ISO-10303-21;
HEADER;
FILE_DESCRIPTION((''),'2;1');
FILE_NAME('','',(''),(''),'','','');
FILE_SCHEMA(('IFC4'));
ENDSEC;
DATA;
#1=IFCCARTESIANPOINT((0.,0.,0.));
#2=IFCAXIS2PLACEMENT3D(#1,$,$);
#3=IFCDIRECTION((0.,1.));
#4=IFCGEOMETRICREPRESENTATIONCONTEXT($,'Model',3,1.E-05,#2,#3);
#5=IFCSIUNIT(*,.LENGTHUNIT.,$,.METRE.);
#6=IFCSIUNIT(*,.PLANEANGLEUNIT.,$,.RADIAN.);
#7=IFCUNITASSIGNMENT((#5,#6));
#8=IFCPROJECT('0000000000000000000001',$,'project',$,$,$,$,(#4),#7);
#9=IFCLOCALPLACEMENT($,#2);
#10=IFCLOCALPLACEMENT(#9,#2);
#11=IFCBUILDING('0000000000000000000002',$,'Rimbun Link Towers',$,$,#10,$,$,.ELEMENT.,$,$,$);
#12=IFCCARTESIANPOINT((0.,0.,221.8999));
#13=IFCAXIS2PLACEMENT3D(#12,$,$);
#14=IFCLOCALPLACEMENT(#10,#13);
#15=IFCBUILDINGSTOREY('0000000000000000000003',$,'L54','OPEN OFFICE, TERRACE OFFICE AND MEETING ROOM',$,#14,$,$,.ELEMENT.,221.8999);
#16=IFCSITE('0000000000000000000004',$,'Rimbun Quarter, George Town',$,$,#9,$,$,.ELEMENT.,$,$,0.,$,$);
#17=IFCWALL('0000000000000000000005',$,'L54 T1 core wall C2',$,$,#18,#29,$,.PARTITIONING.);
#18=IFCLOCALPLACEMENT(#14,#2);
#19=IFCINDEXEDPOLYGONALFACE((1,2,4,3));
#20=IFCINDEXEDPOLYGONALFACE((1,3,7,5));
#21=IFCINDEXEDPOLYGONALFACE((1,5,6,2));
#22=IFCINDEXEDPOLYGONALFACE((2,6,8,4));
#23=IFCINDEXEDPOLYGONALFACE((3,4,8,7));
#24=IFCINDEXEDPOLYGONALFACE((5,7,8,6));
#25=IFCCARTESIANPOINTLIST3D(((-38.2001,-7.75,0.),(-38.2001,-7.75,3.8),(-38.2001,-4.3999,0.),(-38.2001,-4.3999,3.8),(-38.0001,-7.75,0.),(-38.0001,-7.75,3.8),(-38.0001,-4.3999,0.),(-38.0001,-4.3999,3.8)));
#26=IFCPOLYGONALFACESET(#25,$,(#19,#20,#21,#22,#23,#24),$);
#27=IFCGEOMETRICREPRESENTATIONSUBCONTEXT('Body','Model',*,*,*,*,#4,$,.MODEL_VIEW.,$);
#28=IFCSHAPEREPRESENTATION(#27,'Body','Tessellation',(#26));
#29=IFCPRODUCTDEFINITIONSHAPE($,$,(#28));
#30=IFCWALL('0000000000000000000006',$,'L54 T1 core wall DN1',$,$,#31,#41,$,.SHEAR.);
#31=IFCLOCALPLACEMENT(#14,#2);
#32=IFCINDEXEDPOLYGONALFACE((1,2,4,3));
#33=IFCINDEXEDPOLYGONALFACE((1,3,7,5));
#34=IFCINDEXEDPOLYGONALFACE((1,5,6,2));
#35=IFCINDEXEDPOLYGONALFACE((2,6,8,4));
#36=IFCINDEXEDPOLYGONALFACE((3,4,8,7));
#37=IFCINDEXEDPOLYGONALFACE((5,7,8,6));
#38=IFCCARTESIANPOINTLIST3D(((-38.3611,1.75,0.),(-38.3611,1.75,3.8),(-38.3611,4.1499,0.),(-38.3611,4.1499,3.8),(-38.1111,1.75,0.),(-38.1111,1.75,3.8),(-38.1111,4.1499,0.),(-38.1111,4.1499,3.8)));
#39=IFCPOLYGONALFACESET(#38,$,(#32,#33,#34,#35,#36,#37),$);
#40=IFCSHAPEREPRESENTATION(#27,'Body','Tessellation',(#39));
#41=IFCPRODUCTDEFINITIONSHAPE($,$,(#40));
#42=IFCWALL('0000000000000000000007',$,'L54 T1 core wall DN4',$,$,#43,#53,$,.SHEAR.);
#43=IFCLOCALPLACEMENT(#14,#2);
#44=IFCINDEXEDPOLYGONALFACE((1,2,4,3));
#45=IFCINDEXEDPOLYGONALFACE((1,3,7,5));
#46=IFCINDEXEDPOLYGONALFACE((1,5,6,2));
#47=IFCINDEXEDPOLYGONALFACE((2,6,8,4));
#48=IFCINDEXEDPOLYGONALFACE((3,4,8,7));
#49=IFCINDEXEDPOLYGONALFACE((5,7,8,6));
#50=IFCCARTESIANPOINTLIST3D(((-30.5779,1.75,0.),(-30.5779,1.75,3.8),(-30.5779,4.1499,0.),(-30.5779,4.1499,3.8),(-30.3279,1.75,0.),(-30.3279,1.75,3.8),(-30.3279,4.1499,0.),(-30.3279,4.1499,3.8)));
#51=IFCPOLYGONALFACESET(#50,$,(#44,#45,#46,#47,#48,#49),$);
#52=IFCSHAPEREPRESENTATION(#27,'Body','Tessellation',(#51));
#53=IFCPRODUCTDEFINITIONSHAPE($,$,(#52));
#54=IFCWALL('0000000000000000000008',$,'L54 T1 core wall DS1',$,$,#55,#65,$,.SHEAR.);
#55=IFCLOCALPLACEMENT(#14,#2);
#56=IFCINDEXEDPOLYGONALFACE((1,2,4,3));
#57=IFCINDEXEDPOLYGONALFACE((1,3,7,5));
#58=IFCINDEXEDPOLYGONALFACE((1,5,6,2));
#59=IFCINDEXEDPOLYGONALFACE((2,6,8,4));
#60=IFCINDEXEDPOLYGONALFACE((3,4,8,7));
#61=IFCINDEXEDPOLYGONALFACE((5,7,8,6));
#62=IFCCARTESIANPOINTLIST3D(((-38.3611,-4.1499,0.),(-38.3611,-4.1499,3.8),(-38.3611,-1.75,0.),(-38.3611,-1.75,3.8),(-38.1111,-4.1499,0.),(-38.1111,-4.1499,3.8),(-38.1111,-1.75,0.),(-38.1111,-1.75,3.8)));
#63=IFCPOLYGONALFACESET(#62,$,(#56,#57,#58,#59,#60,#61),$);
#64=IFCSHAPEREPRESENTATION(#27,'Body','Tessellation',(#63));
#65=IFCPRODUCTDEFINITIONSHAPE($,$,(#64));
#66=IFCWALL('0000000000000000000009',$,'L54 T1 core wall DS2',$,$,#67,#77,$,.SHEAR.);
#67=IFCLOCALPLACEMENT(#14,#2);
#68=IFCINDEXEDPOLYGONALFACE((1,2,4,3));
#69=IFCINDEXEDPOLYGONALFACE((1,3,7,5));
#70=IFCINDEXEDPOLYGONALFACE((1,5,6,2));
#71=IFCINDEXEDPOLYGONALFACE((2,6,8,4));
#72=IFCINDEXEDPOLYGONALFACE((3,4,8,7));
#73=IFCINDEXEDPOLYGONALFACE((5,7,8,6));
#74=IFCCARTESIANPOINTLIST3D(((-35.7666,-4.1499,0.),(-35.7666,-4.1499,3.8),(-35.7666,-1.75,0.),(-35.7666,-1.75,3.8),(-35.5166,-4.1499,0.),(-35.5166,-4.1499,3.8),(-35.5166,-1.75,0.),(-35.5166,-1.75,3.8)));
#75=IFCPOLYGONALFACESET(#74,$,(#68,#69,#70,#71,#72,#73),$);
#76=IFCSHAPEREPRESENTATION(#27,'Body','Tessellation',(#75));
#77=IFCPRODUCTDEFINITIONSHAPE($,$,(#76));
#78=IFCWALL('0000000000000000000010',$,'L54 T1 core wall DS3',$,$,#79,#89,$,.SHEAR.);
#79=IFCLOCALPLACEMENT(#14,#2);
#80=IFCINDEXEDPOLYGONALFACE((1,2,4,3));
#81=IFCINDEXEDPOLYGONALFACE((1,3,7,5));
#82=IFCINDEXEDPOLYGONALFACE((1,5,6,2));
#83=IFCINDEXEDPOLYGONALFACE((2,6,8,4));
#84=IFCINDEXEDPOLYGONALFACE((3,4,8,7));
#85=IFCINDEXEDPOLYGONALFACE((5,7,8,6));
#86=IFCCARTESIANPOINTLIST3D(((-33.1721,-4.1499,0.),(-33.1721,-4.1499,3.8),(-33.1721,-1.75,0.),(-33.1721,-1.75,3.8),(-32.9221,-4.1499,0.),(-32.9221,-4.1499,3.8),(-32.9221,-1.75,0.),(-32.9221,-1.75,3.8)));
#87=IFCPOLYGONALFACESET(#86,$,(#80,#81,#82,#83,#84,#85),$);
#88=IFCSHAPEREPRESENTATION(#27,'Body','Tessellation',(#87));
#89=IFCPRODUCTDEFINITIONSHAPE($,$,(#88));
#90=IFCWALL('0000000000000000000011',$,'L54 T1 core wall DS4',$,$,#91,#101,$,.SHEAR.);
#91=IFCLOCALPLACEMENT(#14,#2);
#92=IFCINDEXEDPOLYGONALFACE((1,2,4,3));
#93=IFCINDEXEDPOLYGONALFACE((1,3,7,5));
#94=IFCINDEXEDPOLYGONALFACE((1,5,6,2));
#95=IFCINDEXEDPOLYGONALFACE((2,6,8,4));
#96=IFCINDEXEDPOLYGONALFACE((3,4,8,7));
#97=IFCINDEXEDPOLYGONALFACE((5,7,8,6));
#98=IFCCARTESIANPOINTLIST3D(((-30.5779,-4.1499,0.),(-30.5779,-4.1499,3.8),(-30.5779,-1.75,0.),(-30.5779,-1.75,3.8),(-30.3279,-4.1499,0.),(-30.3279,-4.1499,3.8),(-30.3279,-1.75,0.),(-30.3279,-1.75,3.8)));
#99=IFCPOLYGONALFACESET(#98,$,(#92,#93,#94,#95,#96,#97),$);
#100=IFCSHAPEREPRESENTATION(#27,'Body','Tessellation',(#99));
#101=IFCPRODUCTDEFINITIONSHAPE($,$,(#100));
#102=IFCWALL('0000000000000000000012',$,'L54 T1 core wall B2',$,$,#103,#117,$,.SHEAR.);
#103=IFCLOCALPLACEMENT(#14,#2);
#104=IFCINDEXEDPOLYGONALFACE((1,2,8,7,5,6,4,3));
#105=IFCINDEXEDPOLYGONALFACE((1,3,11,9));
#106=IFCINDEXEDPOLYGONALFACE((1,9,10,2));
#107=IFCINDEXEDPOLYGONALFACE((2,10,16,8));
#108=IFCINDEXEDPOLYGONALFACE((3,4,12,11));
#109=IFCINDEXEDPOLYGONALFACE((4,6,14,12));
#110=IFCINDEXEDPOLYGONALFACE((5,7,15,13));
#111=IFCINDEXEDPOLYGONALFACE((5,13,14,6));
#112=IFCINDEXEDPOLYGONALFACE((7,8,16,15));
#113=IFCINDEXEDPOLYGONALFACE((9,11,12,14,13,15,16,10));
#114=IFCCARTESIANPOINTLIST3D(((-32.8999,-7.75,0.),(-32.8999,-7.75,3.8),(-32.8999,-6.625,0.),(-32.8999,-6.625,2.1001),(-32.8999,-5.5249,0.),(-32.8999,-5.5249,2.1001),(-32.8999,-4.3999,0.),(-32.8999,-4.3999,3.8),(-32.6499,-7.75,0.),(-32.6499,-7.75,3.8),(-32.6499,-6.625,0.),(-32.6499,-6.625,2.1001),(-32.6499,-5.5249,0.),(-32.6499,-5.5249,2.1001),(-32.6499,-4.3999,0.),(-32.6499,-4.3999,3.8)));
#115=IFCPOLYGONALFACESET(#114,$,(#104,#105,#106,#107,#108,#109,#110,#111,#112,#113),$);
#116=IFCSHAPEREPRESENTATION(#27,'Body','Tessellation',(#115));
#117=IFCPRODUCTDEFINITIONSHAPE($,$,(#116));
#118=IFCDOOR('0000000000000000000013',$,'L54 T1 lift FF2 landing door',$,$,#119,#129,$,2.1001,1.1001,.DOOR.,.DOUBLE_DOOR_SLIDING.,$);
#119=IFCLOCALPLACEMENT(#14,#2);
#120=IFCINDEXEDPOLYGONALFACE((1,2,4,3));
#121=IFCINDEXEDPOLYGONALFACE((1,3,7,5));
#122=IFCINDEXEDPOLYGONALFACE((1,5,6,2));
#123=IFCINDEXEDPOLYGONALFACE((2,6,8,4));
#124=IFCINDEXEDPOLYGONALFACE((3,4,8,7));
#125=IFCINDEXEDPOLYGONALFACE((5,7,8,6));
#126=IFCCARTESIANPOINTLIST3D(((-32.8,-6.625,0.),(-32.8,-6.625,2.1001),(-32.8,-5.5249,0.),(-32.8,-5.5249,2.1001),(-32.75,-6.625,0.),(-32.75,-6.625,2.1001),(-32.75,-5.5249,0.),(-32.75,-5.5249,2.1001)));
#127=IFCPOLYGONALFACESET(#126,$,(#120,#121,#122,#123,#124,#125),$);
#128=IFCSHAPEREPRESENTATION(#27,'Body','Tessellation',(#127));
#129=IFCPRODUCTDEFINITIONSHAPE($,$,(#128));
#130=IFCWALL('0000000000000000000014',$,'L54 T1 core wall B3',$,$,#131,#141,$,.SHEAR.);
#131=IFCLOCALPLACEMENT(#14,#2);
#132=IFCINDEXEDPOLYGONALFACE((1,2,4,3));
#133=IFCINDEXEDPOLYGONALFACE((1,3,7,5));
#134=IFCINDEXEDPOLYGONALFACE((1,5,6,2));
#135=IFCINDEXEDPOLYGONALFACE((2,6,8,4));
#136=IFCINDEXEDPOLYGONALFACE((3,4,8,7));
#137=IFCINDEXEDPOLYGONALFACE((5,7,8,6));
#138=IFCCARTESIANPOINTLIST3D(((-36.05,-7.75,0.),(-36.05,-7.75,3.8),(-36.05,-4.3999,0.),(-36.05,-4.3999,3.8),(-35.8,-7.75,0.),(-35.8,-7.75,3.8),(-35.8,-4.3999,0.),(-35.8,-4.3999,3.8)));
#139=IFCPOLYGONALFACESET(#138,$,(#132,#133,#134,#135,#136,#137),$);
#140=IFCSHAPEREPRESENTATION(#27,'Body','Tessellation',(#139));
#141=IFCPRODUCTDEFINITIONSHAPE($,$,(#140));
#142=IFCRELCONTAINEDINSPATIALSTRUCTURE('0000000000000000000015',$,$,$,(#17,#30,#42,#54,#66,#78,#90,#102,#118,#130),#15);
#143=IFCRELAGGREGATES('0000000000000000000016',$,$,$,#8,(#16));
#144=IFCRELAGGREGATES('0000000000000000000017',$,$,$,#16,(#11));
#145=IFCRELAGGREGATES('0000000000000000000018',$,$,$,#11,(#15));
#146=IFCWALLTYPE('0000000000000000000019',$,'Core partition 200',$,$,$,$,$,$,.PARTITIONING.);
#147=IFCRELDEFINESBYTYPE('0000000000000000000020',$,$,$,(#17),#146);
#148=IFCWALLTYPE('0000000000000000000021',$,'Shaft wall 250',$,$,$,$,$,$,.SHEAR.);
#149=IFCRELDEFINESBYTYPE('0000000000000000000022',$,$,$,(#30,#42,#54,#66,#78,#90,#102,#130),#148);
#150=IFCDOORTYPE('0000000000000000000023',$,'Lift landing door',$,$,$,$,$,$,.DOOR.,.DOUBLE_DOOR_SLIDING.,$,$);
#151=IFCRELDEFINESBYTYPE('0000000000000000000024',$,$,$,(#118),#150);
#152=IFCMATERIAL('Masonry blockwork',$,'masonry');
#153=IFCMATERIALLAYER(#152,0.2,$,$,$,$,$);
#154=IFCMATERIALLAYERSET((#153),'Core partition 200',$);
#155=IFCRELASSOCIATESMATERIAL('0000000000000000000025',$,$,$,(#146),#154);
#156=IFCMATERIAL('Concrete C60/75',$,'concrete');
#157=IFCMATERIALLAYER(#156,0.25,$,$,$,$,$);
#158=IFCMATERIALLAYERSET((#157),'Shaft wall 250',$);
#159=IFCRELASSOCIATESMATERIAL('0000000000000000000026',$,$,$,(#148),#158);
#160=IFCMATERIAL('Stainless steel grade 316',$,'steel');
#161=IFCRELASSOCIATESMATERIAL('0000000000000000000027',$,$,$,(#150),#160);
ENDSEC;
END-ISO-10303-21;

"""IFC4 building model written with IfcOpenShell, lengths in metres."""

from ifc_helpers import new_model, si_unit, direction, frame, frame_2d, origin, place, context, subcontext, project, spatial, rectangle, extrude, material, layer, layer_set, type_object, element, fill, save


model = new_model("IFC4")

# Units and contexts
model_context = context("Model", 3, precision=1e-05, world=origin(), true_north=direction((0.0, 1.0)))
body_context = subcontext(model_context, "Body", "Model", "MODEL_VIEW")
ifc_project = project(units=[si_unit("LENGTHUNIT", "METRE"), si_unit("PLANEANGLEUNIT", "RADIAN")], contexts=[model_context])

# Site, building, storey
site_placement = place(None, origin())
site = spatial("IfcSite", under=ifc_project, at=site_placement, Name="Rimbun Quarter, George Town", CompositionType="ELEMENT", RefElevation=0.0)
building_placement = place(site_placement, origin())
building = spatial("IfcBuilding", under=site, at=building_placement, Name="Rimbun Link Towers", CompositionType="ELEMENT")
storey_placement = place(building_placement, frame((0.0, 0.0, 221.8999)))
storey = spatial("IfcBuildingStorey", under=building, at=storey_placement, Name="L54", Description="OPEN OFFICE, TERRACE OFFICE AND MEETING ROOM", CompositionType="ELEMENT", Elevation=221.8999)

# Walls
ifc_material_1 = material(Name="Masonry blockwork", Category="masonry")
ifc_layer_1 = layer(ifc_material_1, 0.2)
ifc_layer_set_1 = layer_set([ifc_layer_1], Name="Core partition 200")
wall_type_1 = type_object("IfcWallType", Name="Core partition 200", PredefinedType="PARTITIONING", material=ifc_layer_set_1)
wall_1_placement = place(storey_placement, frame((-38.1001, -4.3999, 0.0), z_axis=(0.0, 0.0, 1.0), x_axis=(0.0, -1.0, 0.0)))
element("IfcWall", 1, at=wall_1_placement, inside=storey, type_object=wall_type_1, Name="L54 T1 core wall C2", PredefinedType="PARTITIONING", context=body_context, shape_type="SweptSolid", body=[
    extrude(rectangle(XDim=3.3501, YDim=0.2, at=frame_2d((1.675, 0.0))), origin(), (0.0, 0.0, 1.0), 3.8),
])
ifc_material_2 = material(Name="Concrete C60/75", Category="concrete")
ifc_layer_2 = layer(ifc_material_2, 0.25)
ifc_layer_set_2 = layer_set([ifc_layer_2], Name="Shaft wall 250")
wall_type_2 = type_object("IfcWallType", Name="Shaft wall 250", PredefinedType="SHEAR", material=ifc_layer_set_2)
for number, where, z_axis, x_axis, name in (
    (2, (-38.2361, 1.75, 0.0), (0.0, 0.0, 1.0), (0.0, 1.0, 0.0), "L54 T1 core wall DN1"),
    (3, (-30.4529, 1.75, 0.0), (0.0, 0.0, 1.0), (0.0, 1.0, 0.0), "L54 T1 core wall DN4"),
    (4, (-38.2361, -4.1499, 0.0), (0.0, 0.0, 1.0), (0.0, 1.0, 0.0), "L54 T1 core wall DS1"),
    (5, (-35.6416, -4.1499, 0.0), (0.0, 0.0, 1.0), (0.0, 1.0, 0.0), "L54 T1 core wall DS2"),
    (6, (-33.0471, -4.1499, 0.0), (0.0, 0.0, 1.0), (0.0, 1.0, 0.0), "L54 T1 core wall DS3"),
    (7, (-30.4529, -4.1499, 0.0), (0.0, 0.0, 1.0), (0.0, 1.0, 0.0), "L54 T1 core wall DS4"),
):
    element("IfcWall", number, at=place(storey_placement, frame(where, z_axis=z_axis, x_axis=x_axis)), inside=storey, type_object=wall_type_2, Name=name, PredefinedType="SHEAR", context=body_context, shape_type="SweptSolid", body=[
        extrude(rectangle(XDim=2.3999, YDim=0.25, at=frame_2d((1.2, 0.0))), origin(), (0.0, 0.0, 1.0), 3.8),
    ])

# Wall, opening, door
wall_2_placement = place(storey_placement, frame((-32.7749, -4.3999, 0.0), z_axis=(0.0, 0.0, 1.0), x_axis=(0.0, -1.0, 0.0)))
wall_2 = element("IfcWall", 8, at=wall_2_placement, inside=storey, type_object=wall_type_2, Name="L54 T1 core wall B2", PredefinedType="SHEAR", context=body_context, shape_type="SweptSolid", body=[
    extrude(rectangle(XDim=3.3501, YDim=0.25, at=frame_2d((1.675, 0.0))), origin(), (0.0, 0.0, 1.0), 3.8),
])
opening_placement = place(wall_2_placement, frame((1.125, 0.0, 0.0)))
opening = element("IfcOpeningElement", 9, at=opening_placement, cuts=wall_2, PredefinedType="OPENING", context=body_context, shape_type="SweptSolid", body=[
    extrude(rectangle(XDim=1.1001, YDim=2.1001, at=frame_2d((0.55, 1.05))), frame((0.0, 0.135, 0.0), z_axis=(0.0, -1.0, 0.0), x_axis=(1.0, 0.0, 0.0)), (0.0, 0.0, 1.0), 0.27),
])
ifc_material_3 = material(Name="Stainless steel grade 316", Category="steel")
door_type = type_object("IfcDoorType", Name="Lift landing door", OperationType="DOUBLE_DOOR_SLIDING", PredefinedType="DOOR", material=ifc_material_3)
door_placement = place(opening_placement, origin())
door = element("IfcDoor", 10, at=door_placement, inside=storey, type_object=door_type, Name="L54 T1 lift FF2 landing door", OperationType="DOUBLE_DOOR_SLIDING", OverallHeight=2.1001, OverallWidth=1.1001, PredefinedType="DOOR", context=body_context, shape_type="SweptSolid", body=[
    extrude(rectangle(XDim=1.1001, YDim=2.1001, at=frame_2d((0.55, 1.05))), frame((0.0, 0.0249, 0.0), z_axis=(0.0, -1.0, 0.0), x_axis=(1.0, 0.0, 0.0)), (0.0, 0.0, 1.0), 0.05),
])
fill(opening, door)

# Wall
wall_3_placement = place(storey_placement, frame((-35.925, -4.3999, 0.0), z_axis=(0.0, 0.0, 1.0), x_axis=(0.0, -1.0, 0.0)))
element("IfcWall", 11, at=wall_3_placement, inside=storey, type_object=wall_type_2, Name="L54 T1 core wall B3", PredefinedType="SHEAR", context=body_context, shape_type="SweptSolid", body=[
    extrude(rectangle(XDim=3.3501, YDim=0.25, at=frame_2d((1.675, 0.0))), origin(), (0.0, 0.0, 1.0), 3.8),
])

save(model, "model.ifc")
